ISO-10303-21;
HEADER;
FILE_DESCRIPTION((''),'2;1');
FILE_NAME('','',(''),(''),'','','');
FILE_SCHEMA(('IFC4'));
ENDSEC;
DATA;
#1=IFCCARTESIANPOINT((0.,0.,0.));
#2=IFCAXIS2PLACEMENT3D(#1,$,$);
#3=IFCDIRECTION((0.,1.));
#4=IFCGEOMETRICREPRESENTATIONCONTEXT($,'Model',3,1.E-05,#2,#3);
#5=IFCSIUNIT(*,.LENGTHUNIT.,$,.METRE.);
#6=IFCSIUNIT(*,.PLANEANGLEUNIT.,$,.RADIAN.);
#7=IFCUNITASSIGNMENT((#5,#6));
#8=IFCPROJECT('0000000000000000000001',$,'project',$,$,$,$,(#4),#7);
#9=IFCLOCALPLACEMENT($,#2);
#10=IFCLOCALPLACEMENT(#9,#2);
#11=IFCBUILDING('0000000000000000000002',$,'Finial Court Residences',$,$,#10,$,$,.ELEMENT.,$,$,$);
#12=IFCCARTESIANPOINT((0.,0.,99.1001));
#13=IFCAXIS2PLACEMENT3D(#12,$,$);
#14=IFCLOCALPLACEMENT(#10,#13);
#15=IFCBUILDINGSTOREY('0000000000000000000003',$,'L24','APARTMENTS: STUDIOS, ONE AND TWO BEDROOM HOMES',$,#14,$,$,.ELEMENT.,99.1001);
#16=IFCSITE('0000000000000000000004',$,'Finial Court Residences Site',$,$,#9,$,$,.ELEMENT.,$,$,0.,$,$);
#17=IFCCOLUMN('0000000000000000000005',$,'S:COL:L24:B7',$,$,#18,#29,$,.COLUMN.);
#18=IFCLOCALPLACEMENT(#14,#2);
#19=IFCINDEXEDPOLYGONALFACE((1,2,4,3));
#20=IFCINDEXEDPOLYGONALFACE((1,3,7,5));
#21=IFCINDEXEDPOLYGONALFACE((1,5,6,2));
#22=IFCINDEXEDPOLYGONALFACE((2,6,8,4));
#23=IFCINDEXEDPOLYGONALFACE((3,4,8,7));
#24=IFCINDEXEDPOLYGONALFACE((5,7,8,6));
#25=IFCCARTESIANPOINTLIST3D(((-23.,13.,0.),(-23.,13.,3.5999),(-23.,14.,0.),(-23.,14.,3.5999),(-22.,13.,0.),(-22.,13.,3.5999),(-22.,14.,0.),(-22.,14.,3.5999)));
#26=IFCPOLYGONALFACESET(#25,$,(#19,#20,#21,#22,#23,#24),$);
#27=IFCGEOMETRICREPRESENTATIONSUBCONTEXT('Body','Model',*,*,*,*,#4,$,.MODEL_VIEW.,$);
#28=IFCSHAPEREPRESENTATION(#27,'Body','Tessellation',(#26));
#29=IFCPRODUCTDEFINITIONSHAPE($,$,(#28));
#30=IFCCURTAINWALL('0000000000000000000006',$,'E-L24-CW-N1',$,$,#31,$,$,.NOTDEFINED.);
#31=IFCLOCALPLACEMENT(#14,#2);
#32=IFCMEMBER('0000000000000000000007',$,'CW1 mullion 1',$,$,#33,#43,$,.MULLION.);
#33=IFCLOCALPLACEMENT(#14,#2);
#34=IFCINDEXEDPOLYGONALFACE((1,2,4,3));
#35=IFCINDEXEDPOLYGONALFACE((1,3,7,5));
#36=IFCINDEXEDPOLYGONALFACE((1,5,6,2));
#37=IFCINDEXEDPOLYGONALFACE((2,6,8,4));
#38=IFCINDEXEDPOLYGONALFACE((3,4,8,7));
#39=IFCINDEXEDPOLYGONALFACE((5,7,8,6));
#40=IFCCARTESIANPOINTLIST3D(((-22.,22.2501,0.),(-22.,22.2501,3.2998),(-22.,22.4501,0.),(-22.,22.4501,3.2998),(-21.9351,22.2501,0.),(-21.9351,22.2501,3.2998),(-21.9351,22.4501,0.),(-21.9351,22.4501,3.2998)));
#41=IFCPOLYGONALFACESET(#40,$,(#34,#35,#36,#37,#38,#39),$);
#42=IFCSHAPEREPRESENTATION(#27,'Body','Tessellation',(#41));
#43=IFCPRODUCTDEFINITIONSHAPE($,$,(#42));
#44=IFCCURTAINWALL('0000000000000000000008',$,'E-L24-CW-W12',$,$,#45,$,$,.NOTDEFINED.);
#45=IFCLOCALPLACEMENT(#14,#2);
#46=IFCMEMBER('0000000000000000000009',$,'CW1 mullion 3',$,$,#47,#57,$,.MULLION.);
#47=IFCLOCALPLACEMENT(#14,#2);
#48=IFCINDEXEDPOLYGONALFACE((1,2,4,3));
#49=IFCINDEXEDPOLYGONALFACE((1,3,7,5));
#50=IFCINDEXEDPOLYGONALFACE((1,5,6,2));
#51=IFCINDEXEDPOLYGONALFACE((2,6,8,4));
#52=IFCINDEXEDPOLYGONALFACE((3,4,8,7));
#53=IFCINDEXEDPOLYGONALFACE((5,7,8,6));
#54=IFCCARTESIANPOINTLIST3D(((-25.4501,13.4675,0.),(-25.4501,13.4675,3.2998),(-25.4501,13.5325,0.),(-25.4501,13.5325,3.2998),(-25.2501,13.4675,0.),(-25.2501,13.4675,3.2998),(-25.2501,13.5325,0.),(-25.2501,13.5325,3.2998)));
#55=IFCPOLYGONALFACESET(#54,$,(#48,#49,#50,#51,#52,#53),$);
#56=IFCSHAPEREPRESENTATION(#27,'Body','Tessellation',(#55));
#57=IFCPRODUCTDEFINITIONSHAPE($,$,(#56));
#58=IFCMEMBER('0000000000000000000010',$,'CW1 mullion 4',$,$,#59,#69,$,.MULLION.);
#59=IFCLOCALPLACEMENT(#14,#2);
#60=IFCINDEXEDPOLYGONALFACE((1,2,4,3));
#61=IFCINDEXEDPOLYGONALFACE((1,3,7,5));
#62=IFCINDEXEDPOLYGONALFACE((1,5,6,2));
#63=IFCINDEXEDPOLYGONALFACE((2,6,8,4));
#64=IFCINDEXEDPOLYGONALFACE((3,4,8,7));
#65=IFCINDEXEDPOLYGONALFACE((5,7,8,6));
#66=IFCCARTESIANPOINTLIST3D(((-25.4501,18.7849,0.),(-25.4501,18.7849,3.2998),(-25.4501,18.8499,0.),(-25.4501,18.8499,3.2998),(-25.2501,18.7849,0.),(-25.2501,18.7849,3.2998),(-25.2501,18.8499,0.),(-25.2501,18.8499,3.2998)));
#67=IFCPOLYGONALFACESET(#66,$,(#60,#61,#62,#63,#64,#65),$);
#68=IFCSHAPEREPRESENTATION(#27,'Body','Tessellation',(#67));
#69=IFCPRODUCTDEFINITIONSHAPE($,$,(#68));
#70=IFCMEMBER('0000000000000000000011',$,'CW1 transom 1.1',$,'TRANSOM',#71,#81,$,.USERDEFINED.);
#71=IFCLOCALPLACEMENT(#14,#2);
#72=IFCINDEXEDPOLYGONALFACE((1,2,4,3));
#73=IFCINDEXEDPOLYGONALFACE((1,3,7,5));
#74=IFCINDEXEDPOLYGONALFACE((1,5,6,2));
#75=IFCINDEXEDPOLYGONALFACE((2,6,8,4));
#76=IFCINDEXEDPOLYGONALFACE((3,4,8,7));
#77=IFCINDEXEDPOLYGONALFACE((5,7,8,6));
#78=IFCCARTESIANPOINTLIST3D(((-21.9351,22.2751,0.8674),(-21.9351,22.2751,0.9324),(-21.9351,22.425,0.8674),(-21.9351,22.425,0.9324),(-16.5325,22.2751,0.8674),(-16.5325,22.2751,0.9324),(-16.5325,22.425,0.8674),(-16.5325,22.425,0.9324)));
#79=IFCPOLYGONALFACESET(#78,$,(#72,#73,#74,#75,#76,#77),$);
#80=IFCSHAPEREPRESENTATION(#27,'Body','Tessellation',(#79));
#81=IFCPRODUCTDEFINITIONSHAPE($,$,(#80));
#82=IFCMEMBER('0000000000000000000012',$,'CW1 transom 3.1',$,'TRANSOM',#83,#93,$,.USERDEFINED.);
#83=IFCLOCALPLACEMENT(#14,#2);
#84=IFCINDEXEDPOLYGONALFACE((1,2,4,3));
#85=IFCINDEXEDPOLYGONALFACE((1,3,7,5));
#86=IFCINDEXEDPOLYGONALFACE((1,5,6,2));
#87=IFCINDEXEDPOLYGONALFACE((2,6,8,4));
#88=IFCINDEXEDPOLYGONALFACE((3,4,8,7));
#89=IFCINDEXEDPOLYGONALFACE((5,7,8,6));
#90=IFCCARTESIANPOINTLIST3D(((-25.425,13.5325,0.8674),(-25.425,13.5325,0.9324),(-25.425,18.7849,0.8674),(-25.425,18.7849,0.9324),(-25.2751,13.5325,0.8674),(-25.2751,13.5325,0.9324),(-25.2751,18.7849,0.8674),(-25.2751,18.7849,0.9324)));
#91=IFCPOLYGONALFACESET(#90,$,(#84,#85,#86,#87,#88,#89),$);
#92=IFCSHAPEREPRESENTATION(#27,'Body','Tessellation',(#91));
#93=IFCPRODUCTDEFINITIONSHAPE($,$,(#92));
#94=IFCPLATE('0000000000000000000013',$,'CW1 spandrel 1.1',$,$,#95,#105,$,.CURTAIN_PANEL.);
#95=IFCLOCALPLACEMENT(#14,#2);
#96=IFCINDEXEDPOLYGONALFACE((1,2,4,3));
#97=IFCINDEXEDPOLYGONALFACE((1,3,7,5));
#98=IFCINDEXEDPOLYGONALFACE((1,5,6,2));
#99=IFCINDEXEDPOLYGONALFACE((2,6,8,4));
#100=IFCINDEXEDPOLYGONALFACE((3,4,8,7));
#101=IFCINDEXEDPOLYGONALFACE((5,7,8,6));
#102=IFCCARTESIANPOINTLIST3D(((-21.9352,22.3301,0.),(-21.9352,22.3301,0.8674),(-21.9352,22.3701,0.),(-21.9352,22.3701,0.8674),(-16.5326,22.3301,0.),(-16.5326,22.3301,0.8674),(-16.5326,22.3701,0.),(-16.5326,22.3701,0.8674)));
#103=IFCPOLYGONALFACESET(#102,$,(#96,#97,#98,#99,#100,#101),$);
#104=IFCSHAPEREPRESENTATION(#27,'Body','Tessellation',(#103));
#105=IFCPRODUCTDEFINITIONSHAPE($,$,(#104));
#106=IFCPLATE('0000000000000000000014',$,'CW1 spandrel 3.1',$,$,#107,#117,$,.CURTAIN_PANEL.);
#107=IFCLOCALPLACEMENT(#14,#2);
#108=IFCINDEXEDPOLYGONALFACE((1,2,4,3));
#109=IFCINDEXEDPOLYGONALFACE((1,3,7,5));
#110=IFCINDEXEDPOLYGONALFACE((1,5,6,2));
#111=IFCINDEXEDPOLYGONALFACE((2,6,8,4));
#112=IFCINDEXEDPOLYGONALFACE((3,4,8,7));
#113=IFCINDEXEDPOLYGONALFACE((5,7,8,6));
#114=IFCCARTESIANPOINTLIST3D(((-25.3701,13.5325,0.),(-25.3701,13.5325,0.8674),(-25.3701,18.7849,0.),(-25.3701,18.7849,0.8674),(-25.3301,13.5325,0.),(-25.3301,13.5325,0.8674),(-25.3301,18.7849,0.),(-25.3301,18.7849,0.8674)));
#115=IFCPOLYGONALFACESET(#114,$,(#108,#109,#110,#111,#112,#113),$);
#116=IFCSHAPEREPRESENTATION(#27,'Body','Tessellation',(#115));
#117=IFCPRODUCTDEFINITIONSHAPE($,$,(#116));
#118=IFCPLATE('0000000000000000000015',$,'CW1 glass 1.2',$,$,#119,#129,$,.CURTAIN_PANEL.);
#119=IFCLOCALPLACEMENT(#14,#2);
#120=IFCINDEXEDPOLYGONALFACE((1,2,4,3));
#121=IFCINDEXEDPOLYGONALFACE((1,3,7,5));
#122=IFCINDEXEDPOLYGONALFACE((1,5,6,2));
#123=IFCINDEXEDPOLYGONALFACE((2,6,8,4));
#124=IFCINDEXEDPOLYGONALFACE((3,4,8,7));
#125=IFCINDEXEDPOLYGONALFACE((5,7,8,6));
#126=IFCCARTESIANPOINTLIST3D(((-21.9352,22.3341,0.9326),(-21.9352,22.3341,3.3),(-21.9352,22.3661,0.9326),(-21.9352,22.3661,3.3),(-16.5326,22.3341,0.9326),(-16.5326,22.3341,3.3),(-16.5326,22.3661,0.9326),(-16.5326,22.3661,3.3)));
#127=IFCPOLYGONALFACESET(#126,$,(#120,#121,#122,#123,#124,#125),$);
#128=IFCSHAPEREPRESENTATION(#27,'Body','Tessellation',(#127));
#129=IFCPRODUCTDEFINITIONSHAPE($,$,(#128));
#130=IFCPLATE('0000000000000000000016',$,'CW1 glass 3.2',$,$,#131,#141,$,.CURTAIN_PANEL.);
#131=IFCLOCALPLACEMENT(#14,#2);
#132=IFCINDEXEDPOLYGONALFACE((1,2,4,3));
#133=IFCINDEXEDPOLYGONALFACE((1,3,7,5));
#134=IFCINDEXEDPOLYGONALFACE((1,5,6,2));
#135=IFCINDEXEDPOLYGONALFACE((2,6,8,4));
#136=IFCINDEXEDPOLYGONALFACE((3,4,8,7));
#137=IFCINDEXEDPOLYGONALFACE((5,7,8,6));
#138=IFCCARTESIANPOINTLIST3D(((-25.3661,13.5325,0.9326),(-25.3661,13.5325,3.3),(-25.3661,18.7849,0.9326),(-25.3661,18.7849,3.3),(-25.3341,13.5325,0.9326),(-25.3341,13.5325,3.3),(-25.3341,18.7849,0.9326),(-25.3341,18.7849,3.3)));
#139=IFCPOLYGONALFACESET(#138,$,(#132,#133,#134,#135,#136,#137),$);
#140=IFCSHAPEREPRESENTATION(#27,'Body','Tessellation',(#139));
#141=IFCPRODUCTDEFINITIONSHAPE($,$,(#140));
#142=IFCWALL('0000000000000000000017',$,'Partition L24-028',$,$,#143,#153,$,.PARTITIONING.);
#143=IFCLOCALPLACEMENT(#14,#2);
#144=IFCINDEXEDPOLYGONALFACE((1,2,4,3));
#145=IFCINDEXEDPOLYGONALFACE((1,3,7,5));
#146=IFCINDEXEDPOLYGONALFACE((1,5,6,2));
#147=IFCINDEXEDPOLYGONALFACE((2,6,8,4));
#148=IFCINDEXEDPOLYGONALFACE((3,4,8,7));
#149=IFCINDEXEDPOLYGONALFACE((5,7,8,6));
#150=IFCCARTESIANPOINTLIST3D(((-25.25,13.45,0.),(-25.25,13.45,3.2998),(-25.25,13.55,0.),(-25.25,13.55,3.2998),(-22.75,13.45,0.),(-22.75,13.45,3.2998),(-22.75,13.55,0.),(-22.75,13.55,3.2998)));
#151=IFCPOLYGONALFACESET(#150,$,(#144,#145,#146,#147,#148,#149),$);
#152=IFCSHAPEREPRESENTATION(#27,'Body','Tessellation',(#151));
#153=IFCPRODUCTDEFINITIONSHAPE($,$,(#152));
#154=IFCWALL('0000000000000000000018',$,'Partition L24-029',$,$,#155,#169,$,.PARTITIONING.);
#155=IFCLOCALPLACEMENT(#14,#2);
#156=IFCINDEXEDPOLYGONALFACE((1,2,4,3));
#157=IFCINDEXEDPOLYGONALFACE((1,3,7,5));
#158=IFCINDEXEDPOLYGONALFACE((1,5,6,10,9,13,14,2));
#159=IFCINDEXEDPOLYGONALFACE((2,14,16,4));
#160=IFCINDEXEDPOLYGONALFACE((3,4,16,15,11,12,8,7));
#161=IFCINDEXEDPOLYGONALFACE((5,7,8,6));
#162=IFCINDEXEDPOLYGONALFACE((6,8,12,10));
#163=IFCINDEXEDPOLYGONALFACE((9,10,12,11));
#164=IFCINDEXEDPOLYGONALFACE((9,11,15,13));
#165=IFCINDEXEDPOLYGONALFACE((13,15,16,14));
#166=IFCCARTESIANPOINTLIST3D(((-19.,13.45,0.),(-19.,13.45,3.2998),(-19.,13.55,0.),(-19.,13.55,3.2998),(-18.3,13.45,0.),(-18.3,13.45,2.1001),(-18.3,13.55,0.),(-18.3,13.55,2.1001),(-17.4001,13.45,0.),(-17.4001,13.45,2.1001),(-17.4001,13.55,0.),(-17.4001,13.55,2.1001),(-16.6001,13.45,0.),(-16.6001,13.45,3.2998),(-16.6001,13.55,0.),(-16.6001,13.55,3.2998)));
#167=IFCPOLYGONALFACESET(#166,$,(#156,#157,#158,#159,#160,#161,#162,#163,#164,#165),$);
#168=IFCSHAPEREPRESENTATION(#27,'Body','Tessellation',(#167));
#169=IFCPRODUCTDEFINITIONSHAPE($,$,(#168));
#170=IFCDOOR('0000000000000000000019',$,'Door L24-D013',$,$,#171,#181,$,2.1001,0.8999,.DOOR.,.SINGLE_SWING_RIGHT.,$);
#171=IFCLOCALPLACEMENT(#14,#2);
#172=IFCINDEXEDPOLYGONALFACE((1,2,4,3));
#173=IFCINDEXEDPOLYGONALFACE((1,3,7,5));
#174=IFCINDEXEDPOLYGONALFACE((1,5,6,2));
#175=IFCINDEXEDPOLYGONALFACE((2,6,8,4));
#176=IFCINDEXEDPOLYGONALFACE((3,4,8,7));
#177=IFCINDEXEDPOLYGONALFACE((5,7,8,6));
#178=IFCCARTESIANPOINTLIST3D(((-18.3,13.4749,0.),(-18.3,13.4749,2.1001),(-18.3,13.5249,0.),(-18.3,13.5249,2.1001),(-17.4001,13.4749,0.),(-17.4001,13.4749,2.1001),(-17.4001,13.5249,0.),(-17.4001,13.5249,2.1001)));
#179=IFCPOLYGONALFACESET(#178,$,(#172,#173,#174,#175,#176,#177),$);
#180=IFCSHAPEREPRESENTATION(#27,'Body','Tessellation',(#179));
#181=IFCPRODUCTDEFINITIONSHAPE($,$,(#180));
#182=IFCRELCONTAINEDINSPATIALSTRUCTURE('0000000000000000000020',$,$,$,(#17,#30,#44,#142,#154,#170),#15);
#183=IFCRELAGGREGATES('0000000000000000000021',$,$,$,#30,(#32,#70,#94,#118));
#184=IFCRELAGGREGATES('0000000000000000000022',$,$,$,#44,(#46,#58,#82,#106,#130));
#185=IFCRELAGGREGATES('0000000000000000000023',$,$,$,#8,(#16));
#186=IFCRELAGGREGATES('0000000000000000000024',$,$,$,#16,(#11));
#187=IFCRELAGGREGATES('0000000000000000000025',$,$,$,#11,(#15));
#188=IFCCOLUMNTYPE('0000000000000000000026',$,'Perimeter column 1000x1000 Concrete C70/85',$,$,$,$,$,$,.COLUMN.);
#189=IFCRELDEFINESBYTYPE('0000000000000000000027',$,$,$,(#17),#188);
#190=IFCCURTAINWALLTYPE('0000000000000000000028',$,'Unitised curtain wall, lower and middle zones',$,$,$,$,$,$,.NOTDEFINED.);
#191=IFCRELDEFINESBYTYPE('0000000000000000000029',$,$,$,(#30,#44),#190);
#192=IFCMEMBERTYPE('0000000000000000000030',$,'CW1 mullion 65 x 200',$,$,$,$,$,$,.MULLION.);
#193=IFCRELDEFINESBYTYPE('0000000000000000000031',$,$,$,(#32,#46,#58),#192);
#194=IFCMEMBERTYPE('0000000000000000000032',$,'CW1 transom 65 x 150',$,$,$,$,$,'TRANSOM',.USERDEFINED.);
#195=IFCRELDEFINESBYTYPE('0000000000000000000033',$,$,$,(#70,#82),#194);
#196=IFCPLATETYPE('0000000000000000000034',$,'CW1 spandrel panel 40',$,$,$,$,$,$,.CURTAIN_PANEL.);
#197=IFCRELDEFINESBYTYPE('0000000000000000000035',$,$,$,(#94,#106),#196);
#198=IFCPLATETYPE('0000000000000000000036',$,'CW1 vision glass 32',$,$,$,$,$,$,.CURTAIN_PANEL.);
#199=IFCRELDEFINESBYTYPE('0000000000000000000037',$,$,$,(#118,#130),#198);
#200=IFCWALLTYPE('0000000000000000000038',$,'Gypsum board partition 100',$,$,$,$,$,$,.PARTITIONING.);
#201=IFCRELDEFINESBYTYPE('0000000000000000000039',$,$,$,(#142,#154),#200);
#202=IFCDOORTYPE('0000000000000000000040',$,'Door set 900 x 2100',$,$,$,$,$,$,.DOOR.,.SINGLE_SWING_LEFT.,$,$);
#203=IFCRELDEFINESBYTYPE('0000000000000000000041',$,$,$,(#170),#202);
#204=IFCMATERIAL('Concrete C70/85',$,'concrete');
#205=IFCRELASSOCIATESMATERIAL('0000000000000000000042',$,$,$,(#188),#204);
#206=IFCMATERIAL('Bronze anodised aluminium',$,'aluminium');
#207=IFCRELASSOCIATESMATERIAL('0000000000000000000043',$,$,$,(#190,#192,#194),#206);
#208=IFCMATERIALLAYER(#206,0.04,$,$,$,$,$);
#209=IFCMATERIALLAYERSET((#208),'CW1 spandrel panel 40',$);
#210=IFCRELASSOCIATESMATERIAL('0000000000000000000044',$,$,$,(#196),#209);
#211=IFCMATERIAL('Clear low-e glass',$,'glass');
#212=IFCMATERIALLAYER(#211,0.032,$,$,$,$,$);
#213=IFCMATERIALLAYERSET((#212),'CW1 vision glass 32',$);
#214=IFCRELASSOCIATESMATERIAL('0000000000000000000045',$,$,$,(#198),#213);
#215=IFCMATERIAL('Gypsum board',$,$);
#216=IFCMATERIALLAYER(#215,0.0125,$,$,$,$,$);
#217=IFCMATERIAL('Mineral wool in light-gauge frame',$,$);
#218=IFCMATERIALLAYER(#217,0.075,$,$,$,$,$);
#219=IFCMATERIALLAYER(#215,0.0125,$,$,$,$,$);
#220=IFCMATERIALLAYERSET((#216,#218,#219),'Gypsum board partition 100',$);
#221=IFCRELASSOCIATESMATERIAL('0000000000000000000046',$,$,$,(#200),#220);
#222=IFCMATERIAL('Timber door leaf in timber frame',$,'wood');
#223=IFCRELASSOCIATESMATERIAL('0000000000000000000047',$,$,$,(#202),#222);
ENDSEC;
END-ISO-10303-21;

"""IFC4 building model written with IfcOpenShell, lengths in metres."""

from ifc_helpers import new_model, si_unit, direction, frame, frame_2d, origin, origin_2d, place, context, subcontext, project, spatial, rectangle, extrude, material, layer, layer_set, material_profile, profile_set, type_object, element, fill, aggregate, save


model = new_model("IFC4")

# Units and contexts
model_context = context("Model", 3, precision=1e-05, world=origin(), true_north=direction((0.0, 1.0)))
body_context = subcontext(model_context, "Body", "Model", "MODEL_VIEW")
ifc_project = project(units=[si_unit("LENGTHUNIT", "METRE"), si_unit("PLANEANGLEUNIT", "RADIAN")], contexts=[model_context])

# Site, building, storey
site_placement = place(None, origin())
site = spatial("IfcSite", under=ifc_project, at=site_placement, Name="Finial Court Residences Site", CompositionType="ELEMENT", RefElevation=0.0)
building_placement = place(site_placement, origin())
building = spatial("IfcBuilding", under=site, at=building_placement, Name="Finial Court Residences", CompositionType="ELEMENT")
storey_placement = place(building_placement, frame((0.0, 0.0, 99.1001)))
storey = spatial("IfcBuildingStorey", under=building, at=storey_placement, Name="L24", Description="APARTMENTS: STUDIOS, ONE AND TWO BEDROOM HOMES", CompositionType="ELEMENT", Elevation=99.1001)

# Column
ifc_material_1 = material(Name="Concrete C70/85", Category="concrete")
ifc_material_profile_1 = material_profile(ifc_material_1, rectangle(XDim=1.0, YDim=1.0, at=origin_2d()), Name="1000x1000")
ifc_profile_set_1 = profile_set([ifc_material_profile_1], Name="Concrete C70/85")
column_type = type_object("IfcColumnType", Name="Perimeter column 1000x1000 Concrete C70/85", PredefinedType="COLUMN", material=ifc_profile_set_1)
column_placement = place(storey_placement, frame((-22.5, 13.5, 0.0), z_axis=(0.0, 0.0, 1.0), x_axis=(1.0, 0.0, 0.0)))
element("IfcColumn", 1, at=column_placement, inside=storey, type_object=column_type, Name="S:COL:L24:B7", PredefinedType="COLUMN", context=body_context, shape_type="SweptSolid", body=[
    extrude(rectangle(XDim=1.0, YDim=1.0, at=origin_2d()), origin(), (0.0, 0.0, 1.0), 3.5999),
])

# Curtain wall, member
ifc_material_2 = material(Name="Bronze anodised aluminium", Category="aluminium")
curtain_wall_type = type_object("IfcCurtainWallType", Name="Unitised curtain wall, lower and middle zones", PredefinedType="NOTDEFINED", material=ifc_material_2)
curtain_wall_1_placement = place(storey_placement, origin())
curtain_wall_1 = element("IfcCurtainWall", 2, at=curtain_wall_1_placement, inside=storey, type_object=curtain_wall_type, Name="E-L24-CW-N1", PredefinedType="NOTDEFINED")
ifc_material_profile_2 = material_profile(ifc_material_2, rectangle(XDim=0.2, YDim=0.0649, at=origin_2d()), Name="CW1 mullion 65 x 200")
ifc_profile_set_2 = profile_set([ifc_material_profile_2], Name="Bronze anodised aluminium")
member_type_1 = type_object("IfcMemberType", Name="CW1 mullion 65 x 200", PredefinedType="MULLION", material=ifc_profile_set_2)
member_1_placement = place(storey_placement, frame((-21.9675, 22.3501, 0.0), z_axis=(0.0, 0.0, 1.0), x_axis=(0.0, 1.0, 0.0)))
member_1 = element("IfcMember", 3, at=member_1_placement, type_object=member_type_1, Name="CW1 mullion 1", PredefinedType="MULLION", context=body_context, shape_type="SweptSolid", body=[
    extrude(rectangle(XDim=0.2, YDim=0.0649, at=origin_2d()), origin(), (0.0, 0.0, 1.0), 3.2998),
])

# Curtain wall, members
curtain_wall_2_placement = place(storey_placement, origin())
curtain_wall_2 = element("IfcCurtainWall", 4, at=curtain_wall_2_placement, inside=storey, type_object=curtain_wall_type, Name="E-L24-CW-W12", PredefinedType="NOTDEFINED")
member_2_placement = place(storey_placement, frame((-25.3501, 13.5, 0.0), z_axis=(0.0, 0.0, 1.0), x_axis=(-1.0, 0.0, 0.0)))
member_2 = element("IfcMember", 5, at=member_2_placement, type_object=member_type_1, Name="CW1 mullion 3", PredefinedType="MULLION", context=body_context, shape_type="SweptSolid", body=[
    extrude(rectangle(XDim=0.2, YDim=0.0649, at=origin_2d()), origin(), (0.0, 0.0, 1.0), 3.2998),
])
member_3_placement = place(storey_placement, frame((-25.3501, 18.8174, 0.0), z_axis=(0.0, 0.0, 1.0), x_axis=(-1.0, 0.0, 0.0)))
member_3 = element("IfcMember", 6, at=member_3_placement, type_object=member_type_1, Name="CW1 mullion 4", PredefinedType="MULLION", context=body_context, shape_type="SweptSolid", body=[
    extrude(rectangle(XDim=0.2, YDim=0.0649, at=origin_2d()), origin(), (0.0, 0.0, 1.0), 3.2998),
])

# Members
ifc_material_profile_3 = material_profile(ifc_material_2, rectangle(XDim=0.1499, YDim=0.0649, at=origin_2d()), Name="CW1 transom 65 x 150")
ifc_profile_set_3 = profile_set([ifc_material_profile_3], Name="Bronze anodised aluminium")
member_type_2 = type_object("IfcMemberType", Name="CW1 transom 65 x 150", ElementType="TRANSOM", PredefinedType="USERDEFINED", material=ifc_profile_set_3)
member_4_placement = place(storey_placement, frame((-21.9351, 22.3501, 0.8999), z_axis=(1.0, 0.0, 0.0), x_axis=(0.0, 1.0, 0.0)))
member_4 = element("IfcMember", 7, at=member_4_placement, type_object=member_type_2, Name="CW1 transom 1.1", ObjectType="TRANSOM", PredefinedType="USERDEFINED", context=body_context, shape_type="SweptSolid", body=[
    extrude(rectangle(XDim=0.1499, YDim=0.0649, at=origin_2d()), origin(), (0.0, 0.0, 1.0), 5.4026),
])
member_5_placement = place(storey_placement, frame((-25.3501, 13.5325, 0.8999), z_axis=(0.0, 1.0, 0.0), x_axis=(-1.0, 0.0, 0.0)))
member_5 = element("IfcMember", 8, at=member_5_placement, type_object=member_type_2, Name="CW1 transom 3.1", ObjectType="TRANSOM", PredefinedType="USERDEFINED", context=body_context, shape_type="SweptSolid", body=[
    extrude(rectangle(XDim=0.1499, YDim=0.0649, at=origin_2d()), origin(), (0.0, 0.0, 1.0), 5.2524),
])

# Plates
ifc_layer_1 = layer(ifc_material_2, 0.04)
ifc_layer_set_1 = layer_set([ifc_layer_1], Name="CW1 spandrel panel 40")
plate_type_1 = type_object("IfcPlateType", Name="CW1 spandrel panel 40", PredefinedType="CURTAIN_PANEL", material=ifc_layer_set_1)
plate_1_placement = place(storey_placement, frame((-19.2339, 22.3501, 0.0), z_axis=(0.0, 0.0, 1.0), x_axis=(1.0, 0.0, 0.0)))
plate_1 = element("IfcPlate", 9, at=plate_1_placement, type_object=plate_type_1, Name="CW1 spandrel 1.1", PredefinedType="CURTAIN_PANEL", context=body_context, shape_type="SweptSolid", body=[
    extrude(rectangle(XDim=5.4026, YDim=0.04, at=origin_2d()), origin(), (0.0, 0.0, 1.0), 0.8674),
])
plate_2_placement = place(storey_placement, frame((-25.3501, 16.1587, 0.0), z_axis=(0.0, 0.0, 1.0), x_axis=(0.0, 1.0, 0.0)))
plate_2 = element("IfcPlate", 10, at=plate_2_placement, type_object=plate_type_1, Name="CW1 spandrel 3.1", PredefinedType="CURTAIN_PANEL", context=body_context, shape_type="SweptSolid", body=[
    extrude(rectangle(XDim=5.2524, YDim=0.04, at=origin_2d()), origin(), (0.0, 0.0, 1.0), 0.8674),
])
ifc_material_3 = material(Name="Clear low-e glass", Category="glass")
ifc_layer_2 = layer(ifc_material_3, 0.032)
ifc_layer_set_2 = layer_set([ifc_layer_2], Name="CW1 vision glass 32")
plate_type_2 = type_object("IfcPlateType", Name="CW1 vision glass 32", PredefinedType="CURTAIN_PANEL", material=ifc_layer_set_2)
plate_3_placement = place(storey_placement, frame((-19.2339, 22.3501, 0.9326), z_axis=(0.0, 0.0, 1.0), x_axis=(1.0, 0.0, 0.0)))
plate_3 = element("IfcPlate", 11, at=plate_3_placement, type_object=plate_type_2, Name="CW1 glass 1.2", PredefinedType="CURTAIN_PANEL", context=body_context, shape_type="SweptSolid", body=[
    extrude(rectangle(XDim=5.4026, YDim=0.032, at=origin_2d()), origin(), (0.0, 0.0, 1.0), 2.3674),
])
aggregate(curtain_wall_1, [member_1, member_4, plate_1, plate_3])
plate_4_placement = place(storey_placement, frame((-25.3501, 16.1587, 0.9326), z_axis=(0.0, 0.0, 1.0), x_axis=(0.0, 1.0, 0.0)))
plate_4 = element("IfcPlate", 12, at=plate_4_placement, type_object=plate_type_2, Name="CW1 glass 3.2", PredefinedType="CURTAIN_PANEL", context=body_context, shape_type="SweptSolid", body=[
    extrude(rectangle(XDim=5.2524, YDim=0.032, at=origin_2d()), origin(), (0.0, 0.0, 1.0), 2.3674),
])
aggregate(curtain_wall_2, [member_2, member_3, member_5, plate_2, plate_4])

# Wall
ifc_material_4 = material(Name="Gypsum board")
ifc_layer_3 = layer(ifc_material_4, 0.0125)
ifc_material_5 = material(Name="Mineral wool in light-gauge frame")
ifc_layer_4 = layer(ifc_material_5, 0.075)
ifc_layer_5 = layer(ifc_material_4, 0.0125)
ifc_layer_set_3 = layer_set([ifc_layer_3, ifc_layer_4, ifc_layer_5], Name="Gypsum board partition 100")
wall_type_1 = type_object("IfcWallType", Name="Gypsum board partition 100", PredefinedType="PARTITIONING", material=ifc_layer_set_3)
wall_1_placement = place(storey_placement, frame((-25.25, 13.5, 0.0), z_axis=(0.0, 0.0, 1.0), x_axis=(1.0, 0.0, 0.0)))
element("IfcWall", 13, at=wall_1_placement, inside=storey, type_object=wall_type_1, Name="Partition L24-028", PredefinedType="PARTITIONING", context=body_context, shape_type="SweptSolid", body=[
    extrude(rectangle(XDim=2.5, YDim=0.1001, at=frame_2d((1.25, 0.0))), origin(), (0.0, 0.0, 1.0), 3.2998),
])

# Wall, opening, door
wall_2_placement = place(storey_placement, frame((-19.0, 13.5, 0.0), z_axis=(0.0, 0.0, 1.0), x_axis=(1.0, 0.0, 0.0)))
wall_2 = element("IfcWall", 14, at=wall_2_placement, inside=storey, type_object=wall_type_1, Name="Partition L24-029", PredefinedType="PARTITIONING", context=body_context, shape_type="SweptSolid", body=[
    extrude(rectangle(XDim=2.3999, YDim=0.1001, at=frame_2d((1.2, 0.0))), origin(), (0.0, 0.0, 1.0), 3.2998),
])
opening_1_placement = place(wall_2_placement, frame((0.7, 0.0, 0.0)))
opening_1 = element("IfcOpeningElement", 15, at=opening_1_placement, cuts=wall_2, PredefinedType="OPENING", context=body_context, shape_type="SweptSolid", body=[
    extrude(rectangle(XDim=0.8999, YDim=2.1001, at=frame_2d((0.45, 1.05))), frame((0.0, 0.0601, 0.0), z_axis=(0.0, -1.0, 0.0), x_axis=(1.0, 0.0, 0.0)), (0.0, 0.0, 1.0), 0.1201),
])
ifc_material_6 = material(Name="Timber door leaf in timber frame", Category="wood")
door_type = type_object("IfcDoorType", Name="Door set 900 x 2100", OperationType="SINGLE_SWING_LEFT", PredefinedType="DOOR", material=ifc_material_6)
door_1_placement = place(opening_1_placement, origin())
door_1 = element("IfcDoor", 16, at=door_1_placement, inside=storey, type_object=door_type, Name="Door L24-D013", OperationType="SINGLE_SWING_RIGHT", OverallHeight=2.1001, OverallWidth=0.8999, PredefinedType="DOOR", context=body_context, shape_type="SweptSolid", body=[
    extrude(rectangle(XDim=0.8999, YDim=2.1001, at=frame_2d((0.45, 1.05))), frame((0.0, 0.0249, 0.0), z_axis=(0.0, -1.0, 0.0), x_axis=(1.0, 0.0, 0.0)), (0.0, 0.0, 1.0), 0.05),
])
fill(opening_1, door_1)

save(model, "model.ifc")
